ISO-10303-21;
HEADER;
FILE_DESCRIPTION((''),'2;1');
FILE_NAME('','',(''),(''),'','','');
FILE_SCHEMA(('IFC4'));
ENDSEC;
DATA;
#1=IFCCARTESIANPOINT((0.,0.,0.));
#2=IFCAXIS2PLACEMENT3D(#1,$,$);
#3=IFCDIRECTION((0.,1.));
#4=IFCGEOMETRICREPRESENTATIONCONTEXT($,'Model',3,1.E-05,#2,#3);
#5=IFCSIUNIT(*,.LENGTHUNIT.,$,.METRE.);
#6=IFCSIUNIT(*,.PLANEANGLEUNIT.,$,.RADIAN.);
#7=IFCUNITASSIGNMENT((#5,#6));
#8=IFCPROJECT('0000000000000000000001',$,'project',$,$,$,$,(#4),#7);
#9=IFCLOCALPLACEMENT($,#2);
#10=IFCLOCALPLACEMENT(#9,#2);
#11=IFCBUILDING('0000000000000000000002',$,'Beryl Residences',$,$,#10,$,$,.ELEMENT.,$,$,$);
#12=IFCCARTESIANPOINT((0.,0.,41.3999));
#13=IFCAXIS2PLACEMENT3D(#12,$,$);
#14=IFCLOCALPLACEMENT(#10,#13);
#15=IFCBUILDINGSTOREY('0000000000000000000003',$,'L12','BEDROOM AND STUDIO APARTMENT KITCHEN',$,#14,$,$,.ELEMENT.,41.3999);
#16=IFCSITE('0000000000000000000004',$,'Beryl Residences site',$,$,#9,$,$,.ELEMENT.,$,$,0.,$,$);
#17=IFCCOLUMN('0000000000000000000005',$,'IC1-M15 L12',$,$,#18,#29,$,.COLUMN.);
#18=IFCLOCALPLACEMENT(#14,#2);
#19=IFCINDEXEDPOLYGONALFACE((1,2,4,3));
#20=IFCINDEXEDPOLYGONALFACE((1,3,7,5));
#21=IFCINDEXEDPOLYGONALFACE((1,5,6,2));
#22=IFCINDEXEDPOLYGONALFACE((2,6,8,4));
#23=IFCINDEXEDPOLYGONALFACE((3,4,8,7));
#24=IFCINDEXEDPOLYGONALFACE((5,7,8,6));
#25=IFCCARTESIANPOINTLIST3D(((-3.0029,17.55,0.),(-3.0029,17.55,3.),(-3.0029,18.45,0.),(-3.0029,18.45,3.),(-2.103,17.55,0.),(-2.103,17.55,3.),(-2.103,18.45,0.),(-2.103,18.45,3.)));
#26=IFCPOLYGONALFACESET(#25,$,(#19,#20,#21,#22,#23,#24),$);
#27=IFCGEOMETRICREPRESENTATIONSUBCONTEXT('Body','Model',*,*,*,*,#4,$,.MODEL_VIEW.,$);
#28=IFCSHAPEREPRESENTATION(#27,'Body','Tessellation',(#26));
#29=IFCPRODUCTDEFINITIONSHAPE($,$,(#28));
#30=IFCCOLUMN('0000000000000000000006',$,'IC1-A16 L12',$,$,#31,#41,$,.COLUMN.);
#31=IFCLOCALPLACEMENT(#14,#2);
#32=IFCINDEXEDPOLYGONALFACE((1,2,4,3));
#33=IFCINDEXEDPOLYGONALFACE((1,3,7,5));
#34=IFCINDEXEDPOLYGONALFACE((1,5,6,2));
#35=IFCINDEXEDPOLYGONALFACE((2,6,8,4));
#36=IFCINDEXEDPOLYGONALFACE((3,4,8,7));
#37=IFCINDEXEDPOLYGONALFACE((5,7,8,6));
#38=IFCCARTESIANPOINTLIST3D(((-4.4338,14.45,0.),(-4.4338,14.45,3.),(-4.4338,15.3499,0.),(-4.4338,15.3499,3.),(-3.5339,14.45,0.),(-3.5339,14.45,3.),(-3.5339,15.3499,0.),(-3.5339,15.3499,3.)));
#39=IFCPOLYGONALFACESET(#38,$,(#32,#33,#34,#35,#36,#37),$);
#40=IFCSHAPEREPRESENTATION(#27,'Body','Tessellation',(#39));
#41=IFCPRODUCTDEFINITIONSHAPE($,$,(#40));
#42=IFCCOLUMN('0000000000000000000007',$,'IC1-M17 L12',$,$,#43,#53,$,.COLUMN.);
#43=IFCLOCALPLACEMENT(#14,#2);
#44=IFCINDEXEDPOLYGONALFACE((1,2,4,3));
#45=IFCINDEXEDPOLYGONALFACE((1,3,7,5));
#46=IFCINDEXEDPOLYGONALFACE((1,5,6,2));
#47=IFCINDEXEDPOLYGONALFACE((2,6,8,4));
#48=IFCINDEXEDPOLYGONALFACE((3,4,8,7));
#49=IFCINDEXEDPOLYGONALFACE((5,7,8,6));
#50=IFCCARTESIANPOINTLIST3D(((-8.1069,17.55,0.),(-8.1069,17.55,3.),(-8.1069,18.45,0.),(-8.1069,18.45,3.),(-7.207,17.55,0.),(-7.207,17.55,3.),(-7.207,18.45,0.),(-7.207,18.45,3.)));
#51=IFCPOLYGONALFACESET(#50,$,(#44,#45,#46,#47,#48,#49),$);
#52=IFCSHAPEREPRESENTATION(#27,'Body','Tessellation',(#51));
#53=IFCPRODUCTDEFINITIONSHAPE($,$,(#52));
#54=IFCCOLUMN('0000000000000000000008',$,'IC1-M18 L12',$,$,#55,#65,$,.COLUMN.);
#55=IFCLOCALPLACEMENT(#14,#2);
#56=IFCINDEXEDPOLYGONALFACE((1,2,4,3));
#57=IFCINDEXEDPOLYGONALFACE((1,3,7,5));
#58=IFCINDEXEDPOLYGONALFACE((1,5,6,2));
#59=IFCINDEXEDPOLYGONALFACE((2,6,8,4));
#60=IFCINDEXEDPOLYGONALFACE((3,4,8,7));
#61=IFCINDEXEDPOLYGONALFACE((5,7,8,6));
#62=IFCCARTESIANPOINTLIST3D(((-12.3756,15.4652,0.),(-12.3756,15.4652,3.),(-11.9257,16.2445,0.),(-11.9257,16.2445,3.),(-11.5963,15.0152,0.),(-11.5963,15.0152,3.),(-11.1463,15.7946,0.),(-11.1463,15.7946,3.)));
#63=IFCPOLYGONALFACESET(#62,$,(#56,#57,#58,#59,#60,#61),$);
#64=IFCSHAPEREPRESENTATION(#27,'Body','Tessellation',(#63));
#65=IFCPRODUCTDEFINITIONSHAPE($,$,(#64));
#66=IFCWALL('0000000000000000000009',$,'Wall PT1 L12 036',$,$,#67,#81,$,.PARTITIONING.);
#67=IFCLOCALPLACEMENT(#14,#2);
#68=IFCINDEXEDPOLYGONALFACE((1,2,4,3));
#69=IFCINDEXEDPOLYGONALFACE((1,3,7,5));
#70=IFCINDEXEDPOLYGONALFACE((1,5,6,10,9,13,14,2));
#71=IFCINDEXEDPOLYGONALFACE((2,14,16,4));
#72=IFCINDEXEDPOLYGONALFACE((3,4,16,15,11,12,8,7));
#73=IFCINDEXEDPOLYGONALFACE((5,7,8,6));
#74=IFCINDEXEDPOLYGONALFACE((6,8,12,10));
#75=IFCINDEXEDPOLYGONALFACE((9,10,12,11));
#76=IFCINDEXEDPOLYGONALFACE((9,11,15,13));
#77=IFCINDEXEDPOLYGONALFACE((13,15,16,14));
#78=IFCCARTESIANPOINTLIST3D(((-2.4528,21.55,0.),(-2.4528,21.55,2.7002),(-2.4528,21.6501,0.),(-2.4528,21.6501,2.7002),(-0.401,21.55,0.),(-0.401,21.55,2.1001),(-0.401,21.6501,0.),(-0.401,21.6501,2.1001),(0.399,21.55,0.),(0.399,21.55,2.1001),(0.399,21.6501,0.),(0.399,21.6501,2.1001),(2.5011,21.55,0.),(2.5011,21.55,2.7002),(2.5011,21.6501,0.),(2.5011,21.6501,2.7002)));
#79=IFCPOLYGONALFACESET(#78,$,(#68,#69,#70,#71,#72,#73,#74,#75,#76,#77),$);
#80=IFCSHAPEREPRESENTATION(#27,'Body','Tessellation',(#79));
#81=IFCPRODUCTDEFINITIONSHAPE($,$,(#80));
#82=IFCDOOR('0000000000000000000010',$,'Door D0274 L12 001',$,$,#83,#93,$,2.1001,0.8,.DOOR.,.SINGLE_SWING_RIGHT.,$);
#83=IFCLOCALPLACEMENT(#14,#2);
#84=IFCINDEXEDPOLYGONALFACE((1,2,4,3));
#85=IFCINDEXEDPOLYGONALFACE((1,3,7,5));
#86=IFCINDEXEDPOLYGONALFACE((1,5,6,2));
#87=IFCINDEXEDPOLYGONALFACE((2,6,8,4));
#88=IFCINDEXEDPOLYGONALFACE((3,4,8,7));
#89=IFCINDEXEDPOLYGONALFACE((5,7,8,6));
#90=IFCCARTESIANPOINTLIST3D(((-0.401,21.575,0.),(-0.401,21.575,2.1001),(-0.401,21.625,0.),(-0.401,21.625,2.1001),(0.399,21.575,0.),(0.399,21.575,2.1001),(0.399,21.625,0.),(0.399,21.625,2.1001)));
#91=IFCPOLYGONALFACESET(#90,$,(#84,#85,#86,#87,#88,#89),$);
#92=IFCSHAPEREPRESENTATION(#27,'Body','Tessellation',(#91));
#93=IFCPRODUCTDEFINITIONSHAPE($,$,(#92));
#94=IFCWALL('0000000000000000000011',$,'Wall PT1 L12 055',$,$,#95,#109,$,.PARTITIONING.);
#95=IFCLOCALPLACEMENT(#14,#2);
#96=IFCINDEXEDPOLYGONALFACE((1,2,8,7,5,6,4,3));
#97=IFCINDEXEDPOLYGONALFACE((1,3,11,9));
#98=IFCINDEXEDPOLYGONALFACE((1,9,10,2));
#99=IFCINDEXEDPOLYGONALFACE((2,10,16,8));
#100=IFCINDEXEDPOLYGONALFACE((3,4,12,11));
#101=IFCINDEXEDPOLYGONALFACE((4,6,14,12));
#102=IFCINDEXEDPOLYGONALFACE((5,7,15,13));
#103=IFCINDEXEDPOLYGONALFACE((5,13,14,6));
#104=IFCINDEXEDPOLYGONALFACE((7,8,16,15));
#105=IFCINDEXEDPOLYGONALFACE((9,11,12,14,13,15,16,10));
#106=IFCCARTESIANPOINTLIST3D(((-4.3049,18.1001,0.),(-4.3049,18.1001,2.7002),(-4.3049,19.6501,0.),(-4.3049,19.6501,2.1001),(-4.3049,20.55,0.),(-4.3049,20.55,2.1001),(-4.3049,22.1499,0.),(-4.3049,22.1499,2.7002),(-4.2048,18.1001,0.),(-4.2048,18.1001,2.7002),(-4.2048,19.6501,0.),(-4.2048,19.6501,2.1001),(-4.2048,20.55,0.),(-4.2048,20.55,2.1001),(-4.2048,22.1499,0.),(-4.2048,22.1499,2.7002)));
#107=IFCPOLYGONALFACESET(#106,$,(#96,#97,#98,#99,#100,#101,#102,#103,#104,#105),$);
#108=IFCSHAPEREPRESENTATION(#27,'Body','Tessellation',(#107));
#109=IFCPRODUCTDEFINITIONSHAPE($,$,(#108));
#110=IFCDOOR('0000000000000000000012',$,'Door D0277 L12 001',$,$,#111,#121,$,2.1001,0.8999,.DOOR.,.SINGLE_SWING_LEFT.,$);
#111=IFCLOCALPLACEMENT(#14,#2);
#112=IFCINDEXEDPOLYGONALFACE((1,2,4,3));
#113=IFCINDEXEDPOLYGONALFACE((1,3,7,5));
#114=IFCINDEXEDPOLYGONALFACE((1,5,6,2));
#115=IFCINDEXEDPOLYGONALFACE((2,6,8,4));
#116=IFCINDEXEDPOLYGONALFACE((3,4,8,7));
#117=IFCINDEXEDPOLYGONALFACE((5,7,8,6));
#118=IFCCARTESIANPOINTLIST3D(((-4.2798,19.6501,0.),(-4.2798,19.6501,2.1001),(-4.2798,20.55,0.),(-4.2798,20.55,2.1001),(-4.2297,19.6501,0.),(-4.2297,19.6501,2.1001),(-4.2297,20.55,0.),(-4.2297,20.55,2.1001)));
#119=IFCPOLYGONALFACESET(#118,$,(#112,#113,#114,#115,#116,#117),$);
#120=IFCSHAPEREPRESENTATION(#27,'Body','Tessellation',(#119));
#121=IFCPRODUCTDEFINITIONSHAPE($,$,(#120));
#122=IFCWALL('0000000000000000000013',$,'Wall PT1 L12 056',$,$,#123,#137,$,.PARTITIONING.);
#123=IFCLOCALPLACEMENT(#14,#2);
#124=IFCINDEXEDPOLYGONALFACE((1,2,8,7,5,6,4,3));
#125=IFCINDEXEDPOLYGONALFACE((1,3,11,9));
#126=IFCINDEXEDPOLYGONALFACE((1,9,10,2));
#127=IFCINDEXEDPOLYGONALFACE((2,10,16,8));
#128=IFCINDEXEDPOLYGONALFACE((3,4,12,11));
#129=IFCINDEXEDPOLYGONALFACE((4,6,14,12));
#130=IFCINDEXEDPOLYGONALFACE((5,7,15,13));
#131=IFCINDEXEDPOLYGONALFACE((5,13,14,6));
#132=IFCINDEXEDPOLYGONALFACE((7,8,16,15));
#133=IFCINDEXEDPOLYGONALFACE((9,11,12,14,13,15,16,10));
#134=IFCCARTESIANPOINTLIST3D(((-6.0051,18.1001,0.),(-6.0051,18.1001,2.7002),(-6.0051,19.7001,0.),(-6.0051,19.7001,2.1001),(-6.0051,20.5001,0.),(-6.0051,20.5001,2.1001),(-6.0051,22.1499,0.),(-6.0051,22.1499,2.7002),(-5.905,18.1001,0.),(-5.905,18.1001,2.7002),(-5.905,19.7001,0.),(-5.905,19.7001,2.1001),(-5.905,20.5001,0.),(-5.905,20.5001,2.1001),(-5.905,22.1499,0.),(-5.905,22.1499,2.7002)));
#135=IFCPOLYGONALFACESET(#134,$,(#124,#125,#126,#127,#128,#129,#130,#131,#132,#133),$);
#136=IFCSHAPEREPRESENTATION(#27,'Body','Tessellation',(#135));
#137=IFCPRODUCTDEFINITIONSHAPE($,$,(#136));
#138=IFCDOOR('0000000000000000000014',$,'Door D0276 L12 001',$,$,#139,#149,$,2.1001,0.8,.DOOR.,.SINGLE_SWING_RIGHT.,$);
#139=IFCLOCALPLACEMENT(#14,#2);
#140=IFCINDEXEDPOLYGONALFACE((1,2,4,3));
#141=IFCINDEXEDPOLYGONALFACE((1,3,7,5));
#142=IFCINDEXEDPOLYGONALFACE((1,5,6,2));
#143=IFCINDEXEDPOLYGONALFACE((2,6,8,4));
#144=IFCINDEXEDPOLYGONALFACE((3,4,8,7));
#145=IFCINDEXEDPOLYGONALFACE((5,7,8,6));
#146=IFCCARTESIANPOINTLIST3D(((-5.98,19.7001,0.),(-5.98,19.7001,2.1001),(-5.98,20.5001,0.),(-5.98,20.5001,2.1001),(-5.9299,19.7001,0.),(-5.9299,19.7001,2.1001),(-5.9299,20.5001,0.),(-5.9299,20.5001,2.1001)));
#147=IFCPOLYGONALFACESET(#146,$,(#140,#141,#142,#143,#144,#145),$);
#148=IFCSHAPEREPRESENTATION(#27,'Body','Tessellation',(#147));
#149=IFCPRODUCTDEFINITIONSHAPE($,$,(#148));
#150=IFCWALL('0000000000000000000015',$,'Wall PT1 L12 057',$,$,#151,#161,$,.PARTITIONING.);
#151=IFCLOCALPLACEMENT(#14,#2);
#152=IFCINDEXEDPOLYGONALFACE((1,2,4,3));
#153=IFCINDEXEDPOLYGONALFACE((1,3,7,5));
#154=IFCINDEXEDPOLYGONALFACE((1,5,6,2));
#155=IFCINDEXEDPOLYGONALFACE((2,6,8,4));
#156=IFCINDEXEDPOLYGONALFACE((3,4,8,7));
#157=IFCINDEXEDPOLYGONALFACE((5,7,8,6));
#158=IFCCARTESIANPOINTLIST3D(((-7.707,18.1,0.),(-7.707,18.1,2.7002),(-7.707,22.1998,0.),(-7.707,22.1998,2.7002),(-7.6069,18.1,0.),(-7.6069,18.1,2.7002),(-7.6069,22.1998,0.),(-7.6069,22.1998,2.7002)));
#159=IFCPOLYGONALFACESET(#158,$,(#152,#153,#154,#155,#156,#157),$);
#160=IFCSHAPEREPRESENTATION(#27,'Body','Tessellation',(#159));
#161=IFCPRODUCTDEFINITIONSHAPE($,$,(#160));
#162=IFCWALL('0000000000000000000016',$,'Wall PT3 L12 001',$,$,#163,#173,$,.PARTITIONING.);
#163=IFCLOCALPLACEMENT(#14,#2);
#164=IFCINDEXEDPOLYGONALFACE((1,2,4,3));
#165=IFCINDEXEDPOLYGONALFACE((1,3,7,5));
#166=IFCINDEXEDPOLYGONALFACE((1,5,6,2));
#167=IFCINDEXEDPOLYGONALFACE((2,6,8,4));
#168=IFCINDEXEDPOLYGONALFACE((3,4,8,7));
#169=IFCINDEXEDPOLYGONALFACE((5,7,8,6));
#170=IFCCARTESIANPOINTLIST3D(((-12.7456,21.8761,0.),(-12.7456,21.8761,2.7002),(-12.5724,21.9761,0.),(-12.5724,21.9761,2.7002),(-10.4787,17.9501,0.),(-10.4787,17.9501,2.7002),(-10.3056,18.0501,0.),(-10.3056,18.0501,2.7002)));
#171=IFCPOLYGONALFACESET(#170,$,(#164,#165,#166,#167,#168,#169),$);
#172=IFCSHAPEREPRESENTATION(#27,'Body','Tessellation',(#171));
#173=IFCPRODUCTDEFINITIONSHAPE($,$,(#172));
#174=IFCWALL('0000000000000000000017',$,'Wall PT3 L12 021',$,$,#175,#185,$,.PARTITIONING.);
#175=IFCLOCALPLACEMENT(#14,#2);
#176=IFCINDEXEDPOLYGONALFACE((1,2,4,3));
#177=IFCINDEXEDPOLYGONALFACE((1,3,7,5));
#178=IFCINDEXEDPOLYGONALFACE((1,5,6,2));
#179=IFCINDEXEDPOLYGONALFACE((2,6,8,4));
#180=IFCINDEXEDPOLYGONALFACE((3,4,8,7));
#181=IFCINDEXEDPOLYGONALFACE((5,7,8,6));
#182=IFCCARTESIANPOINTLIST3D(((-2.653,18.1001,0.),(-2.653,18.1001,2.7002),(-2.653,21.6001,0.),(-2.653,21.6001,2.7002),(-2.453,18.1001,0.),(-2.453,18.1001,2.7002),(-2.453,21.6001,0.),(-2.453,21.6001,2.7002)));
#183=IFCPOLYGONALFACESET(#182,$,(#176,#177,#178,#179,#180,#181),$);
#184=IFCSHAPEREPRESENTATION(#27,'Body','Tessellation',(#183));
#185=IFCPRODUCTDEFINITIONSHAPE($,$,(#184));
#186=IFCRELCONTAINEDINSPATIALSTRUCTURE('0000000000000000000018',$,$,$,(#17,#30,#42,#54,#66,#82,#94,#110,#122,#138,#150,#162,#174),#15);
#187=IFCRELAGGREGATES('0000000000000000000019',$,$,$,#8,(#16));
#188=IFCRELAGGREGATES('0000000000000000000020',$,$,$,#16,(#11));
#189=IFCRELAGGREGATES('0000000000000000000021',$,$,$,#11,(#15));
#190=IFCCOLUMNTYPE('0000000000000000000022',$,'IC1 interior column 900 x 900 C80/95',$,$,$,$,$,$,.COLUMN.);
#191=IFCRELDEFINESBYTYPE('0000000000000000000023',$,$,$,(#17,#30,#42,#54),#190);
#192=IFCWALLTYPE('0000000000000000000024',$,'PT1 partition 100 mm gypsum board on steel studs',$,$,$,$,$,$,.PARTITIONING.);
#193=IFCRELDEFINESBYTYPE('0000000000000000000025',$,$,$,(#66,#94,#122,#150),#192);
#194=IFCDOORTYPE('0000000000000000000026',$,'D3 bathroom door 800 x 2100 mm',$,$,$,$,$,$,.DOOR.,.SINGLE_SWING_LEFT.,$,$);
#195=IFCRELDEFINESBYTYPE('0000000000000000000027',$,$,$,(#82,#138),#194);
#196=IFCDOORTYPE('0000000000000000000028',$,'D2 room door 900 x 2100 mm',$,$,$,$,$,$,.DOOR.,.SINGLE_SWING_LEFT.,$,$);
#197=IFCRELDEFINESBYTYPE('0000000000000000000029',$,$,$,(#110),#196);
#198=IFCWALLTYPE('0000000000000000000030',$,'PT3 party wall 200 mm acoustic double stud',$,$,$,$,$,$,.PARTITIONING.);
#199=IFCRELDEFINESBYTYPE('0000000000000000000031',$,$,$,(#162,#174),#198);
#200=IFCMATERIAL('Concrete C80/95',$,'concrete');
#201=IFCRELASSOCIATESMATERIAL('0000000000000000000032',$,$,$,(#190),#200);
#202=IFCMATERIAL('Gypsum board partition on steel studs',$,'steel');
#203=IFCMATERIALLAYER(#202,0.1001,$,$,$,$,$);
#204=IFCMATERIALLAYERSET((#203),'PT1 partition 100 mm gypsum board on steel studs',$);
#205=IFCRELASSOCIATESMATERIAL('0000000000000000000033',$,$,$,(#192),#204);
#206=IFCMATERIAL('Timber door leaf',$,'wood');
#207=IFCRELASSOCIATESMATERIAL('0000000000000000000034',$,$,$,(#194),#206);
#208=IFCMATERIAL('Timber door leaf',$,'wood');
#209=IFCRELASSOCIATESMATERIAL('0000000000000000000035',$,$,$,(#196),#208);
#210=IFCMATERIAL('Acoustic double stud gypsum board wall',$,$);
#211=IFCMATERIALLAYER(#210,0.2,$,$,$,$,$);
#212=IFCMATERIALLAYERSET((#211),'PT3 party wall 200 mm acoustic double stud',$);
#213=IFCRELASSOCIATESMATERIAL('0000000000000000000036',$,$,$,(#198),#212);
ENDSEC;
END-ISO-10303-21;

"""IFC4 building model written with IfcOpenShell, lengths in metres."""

from ifc_helpers import new_model, si_unit, direction, frame, frame_2d, origin, origin_2d, place, context, subcontext, project, spatial, rectangle, extrude, material, layer, layer_set, material_profile, profile_set, type_object, element, fill, save


model = new_model("IFC4")

# Units and contexts
model_context = context("Model", 3, precision=1e-05, world=origin(), true_north=direction((0.0, 1.0)))
body_context = subcontext(model_context, "Body", "Model", "MODEL_VIEW")
ifc_project = project(units=[si_unit("LENGTHUNIT", "METRE"), si_unit("PLANEANGLEUNIT", "RADIAN")], contexts=[model_context])

# Site, building, storey
site_placement = place(None, origin())
site = spatial("IfcSite", under=ifc_project, at=site_placement, Name="Beryl Residences site", CompositionType="ELEMENT", RefElevation=0.0)
building_placement = place(site_placement, origin())
building = spatial("IfcBuilding", under=site, at=building_placement, Name="Beryl Residences", CompositionType="ELEMENT")
storey_placement = place(building_placement, frame((0.0, 0.0, 41.3999)))
storey = spatial("IfcBuildingStorey", under=building, at=storey_placement, Name="L12", Description="BEDROOM AND STUDIO APARTMENT KITCHEN", CompositionType="ELEMENT", Elevation=41.3999)

# Columns
ifc_material_1 = material(Name="Concrete C80/95", Category="concrete")
ifc_material_profile = material_profile(ifc_material_1, rectangle(XDim=0.8999, YDim=0.8999, at=origin_2d()))
ifc_profile_set = profile_set([ifc_material_profile], Name="Concrete C80/95")
column_type = type_object("IfcColumnType", Name="IC1 interior column 900 x 900 C80/95", PredefinedType="COLUMN", material=ifc_profile_set)
for number, where, z_axis, x_axis, name in (
    (1, (-2.553, 18.0, 0.0), (0.0, 0.0, 1.0), (-1.0, 0.0, 0.0), "IC1-M15 L12"),
    (2, (-3.9839, 14.8999, 0.0), (0.0, 0.0, 1.0), (1.0, 0.0, 0.0), "IC1-A16 L12"),
    (3, (-7.657, 18.0, 0.0), (0.0, 0.0, 1.0), (-1.0, 0.0, 0.0), "IC1-M17 L12"),
    (4, (-11.761, 15.6299, 0.0), (0.0, 0.0, 1.0), (-0.499985, -0.866034, 0.0), "IC1-M18 L12"),
):
    element("IfcColumn", number, at=place(storey_placement, frame(where, z_axis=z_axis, x_axis=x_axis)), inside=storey, type_object=column_type, Name=name, PredefinedType="COLUMN", context=body_context, shape_type="SweptSolid", body=[
        extrude(rectangle(XDim=0.8999, YDim=0.8999, at=origin_2d()), origin(), (0.0, 0.0, 1.0), 3.0),
    ])

# Walls, openings, doors
ifc_material_2 = material(Name="Gypsum board partition on steel studs", Category="steel")
ifc_layer_1 = layer(ifc_material_2, 0.1001)
ifc_layer_set_1 = layer_set([ifc_layer_1], Name="PT1 partition 100 mm gypsum board on steel studs")
wall_type_1 = type_object("IfcWallType", Name="PT1 partition 100 mm gypsum board on steel studs", PredefinedType="PARTITIONING", material=ifc_layer_set_1)
wall_1_placement = place(storey_placement, frame((-2.4529, 21.6001, 0.0), z_axis=(0.0, 0.0, 1.0), x_axis=(1.0, 0.0, 0.0)))
wall_1 = element("IfcWall", 5, at=wall_1_placement, inside=storey, type_object=wall_type_1, Name="Wall PT1 L12 036", PredefinedType="PARTITIONING", context=body_context, shape_type="SweptSolid", body=[
    extrude(rectangle(XDim=4.9539, YDim=0.1001, at=frame_2d((2.4771, 0.0))), origin(), (0.0, 0.0, 1.0), 2.7002),
])
opening_1_placement = place(wall_1_placement, frame((2.052, 0.0, 0.0)))
opening_1 = element("IfcOpeningElement", 6, at=opening_1_placement, cuts=wall_1, PredefinedType="OPENING", context=body_context, shape_type="SweptSolid", body=[
    extrude(rectangle(XDim=0.8, YDim=2.1001, at=frame_2d((0.3999, 1.05))), frame((0.0, 0.0601, 0.0), z_axis=(0.0, -1.0, 0.0), x_axis=(1.0, 0.0, 0.0)), (0.0, 0.0, 1.0), 0.1201),
])
ifc_material_3 = material(Name="Timber door leaf", Category="wood")
door_type_1 = type_object("IfcDoorType", Name="D3 bathroom door 800 x 2100 mm", OperationType="SINGLE_SWING_LEFT", PredefinedType="DOOR", material=ifc_material_3)
door_1_placement = place(opening_1_placement, origin())
door_1 = element("IfcDoor", 7, at=door_1_placement, inside=storey, type_object=door_type_1, Name="Door D0274 L12 001", OperationType="SINGLE_SWING_RIGHT", OverallHeight=2.1001, OverallWidth=0.8, PredefinedType="DOOR", context=body_context, shape_type="SweptSolid", body=[
    extrude(rectangle(XDim=0.8, YDim=2.1001, at=frame_2d((0.3999, 1.05))), frame((0.0, 0.0249, 0.0), z_axis=(0.0, -1.0, 0.0), x_axis=(1.0, 0.0, 0.0)), (0.0, 0.0, 1.0), 0.05),
])
fill(opening_1, door_1)
wall_2_placement = place(storey_placement, frame((-4.2549, 18.1001, 0.0), z_axis=(0.0, 0.0, 1.0), x_axis=(0.0, 1.0, 0.0)))
wall_2 = element("IfcWall", 8, at=wall_2_placement, inside=storey, type_object=wall_type_1, Name="Wall PT1 L12 055", PredefinedType="PARTITIONING", context=body_context, shape_type="SweptSolid", body=[
    extrude(rectangle(XDim=4.0498, YDim=0.1001, at=frame_2d((2.0249, 0.0))), origin(), (0.0, 0.0, 1.0), 2.7002),
])
opening_2_placement = place(wall_2_placement, frame((1.55, 0.0, 0.0)))
opening_2 = element("IfcOpeningElement", 9, at=opening_2_placement, cuts=wall_2, PredefinedType="OPENING", context=body_context, shape_type="SweptSolid", body=[
    extrude(rectangle(XDim=0.8999, YDim=2.1001, at=frame_2d((0.45, 1.05))), frame((0.0, 0.0601, 0.0), z_axis=(0.0, -1.0, 0.0), x_axis=(1.0, 0.0, 0.0)), (0.0, 0.0, 1.0), 0.1201),
])
ifc_material_4 = material(Name="Timber door leaf", Category="wood")
door_type_2 = type_object("IfcDoorType", Name="D2 room door 900 x 2100 mm", OperationType="SINGLE_SWING_LEFT", PredefinedType="DOOR", material=ifc_material_4)
door_2_placement = place(opening_2_placement, origin())
door_2 = element("IfcDoor", 10, at=door_2_placement, inside=storey, type_object=door_type_2, Name="Door D0277 L12 001", OperationType="SINGLE_SWING_LEFT", OverallHeight=2.1001, OverallWidth=0.8999, PredefinedType="DOOR", context=body_context, shape_type="SweptSolid", body=[
    extrude(rectangle(XDim=0.8999, YDim=2.1001, at=frame_2d((0.45, 1.05))), frame((0.0, 0.0249, 0.0), z_axis=(0.0, -1.0, 0.0), x_axis=(1.0, 0.0, 0.0)), (0.0, 0.0, 1.0), 0.05),
])
fill(opening_2, door_2)
wall_3_placement = place(storey_placement, frame((-5.9551, 18.1001, 0.0), z_axis=(0.0, 0.0, 1.0), x_axis=(0.0, 1.0, 0.0)))
wall_3 = element("IfcWall", 11, at=wall_3_placement, inside=storey, type_object=wall_type_1, Name="Wall PT1 L12 056", PredefinedType="PARTITIONING", context=body_context, shape_type="SweptSolid", body=[
    extrude(rectangle(XDim=4.0498, YDim=0.1001, at=frame_2d((2.0249, 0.0))), origin(), (0.0, 0.0, 1.0), 2.7002),
])
opening_3_placement = place(wall_3_placement, frame((1.6001, 0.0, 0.0)))
opening_3 = element("IfcOpeningElement", 12, at=opening_3_placement, cuts=wall_3, PredefinedType="OPENING", context=body_context, shape_type="SweptSolid", body=[
    extrude(rectangle(XDim=0.8, YDim=2.1001, at=frame_2d((0.3999, 1.05))), frame((0.0, 0.0601, 0.0), z_axis=(0.0, -1.0, 0.0), x_axis=(1.0, 0.0, 0.0)), (0.0, 0.0, 1.0), 0.1201),
])
door_3_placement = place(opening_3_placement, origin())
door_3 = element("IfcDoor", 13, at=door_3_placement, inside=storey, type_object=door_type_1, Name="Door D0276 L12 001", OperationType="SINGLE_SWING_RIGHT", OverallHeight=2.1001, OverallWidth=0.8, PredefinedType="DOOR", context=body_context, shape_type="SweptSolid", body=[
    extrude(rectangle(XDim=0.8, YDim=2.1001, at=frame_2d((0.3999, 1.05))), frame((0.0, 0.0249, 0.0), z_axis=(0.0, -1.0, 0.0), x_axis=(1.0, 0.0, 0.0)), (0.0, 0.0, 1.0), 0.05),
])
fill(opening_3, door_3)

# Walls
wall_4_placement = place(storey_placement, frame((-7.657, 18.1001, 0.0), z_axis=(0.0, 0.0, 1.0), x_axis=(0.0, 1.0, 0.0)))
element("IfcWall", 14, at=wall_4_placement, inside=storey, type_object=wall_type_1, Name="Wall PT1 L12 057", PredefinedType="PARTITIONING", context=body_context, shape_type="SweptSolid", body=[
    extrude(rectangle(XDim=4.0999, YDim=0.1001, at=frame_2d((2.0498, 0.0))), origin(), (0.0, 0.0, 1.0), 2.7002),
])
ifc_material_5 = material(Name="Acoustic double stud gypsum board wall")
ifc_layer_2 = layer(ifc_material_5, 0.2)
ifc_layer_set_2 = layer_set([ifc_layer_2], Name="PT3 party wall 200 mm acoustic double stud")
wall_type_2 = type_object("IfcWallType", Name="PT3 party wall 200 mm acoustic double stud", PredefinedType="PARTITIONING", material=ifc_layer_set_2)
wall_5_placement = place(storey_placement, frame((-12.6589, 21.926, 0.0), z_axis=(0.0, 0.0, 1.0), x_axis=(0.500025, -0.866011, 0.0)))
element("IfcWall", 15, at=wall_5_placement, inside=storey, type_object=wall_type_2, Name="Wall PT3 L12 001", PredefinedType="PARTITIONING", context=body_context, shape_type="SweptSolid", body=[
    extrude(rectangle(XDim=4.5334, YDim=0.2, at=frame_2d((2.2666, 0.0))), origin(), (0.0, 0.0, 1.0), 2.7002),
])
wall_6_placement = place(storey_placement, frame((-2.553, 18.1001, 0.0), z_axis=(0.0, 0.0, 1.0), x_axis=(0.0, 1.0, 0.0)))
element("IfcWall", 16, at=wall_6_placement, inside=storey, type_object=wall_type_2, Name="Wall PT3 L12 021", PredefinedType="PARTITIONING", context=body_context, shape_type="SweptSolid", body=[
    extrude(rectangle(XDim=3.5, YDim=0.2, at=frame_2d((1.75, 0.0))), origin(), (0.0, 0.0, 1.0), 2.7002),
])

save(model, "model.ifc")
